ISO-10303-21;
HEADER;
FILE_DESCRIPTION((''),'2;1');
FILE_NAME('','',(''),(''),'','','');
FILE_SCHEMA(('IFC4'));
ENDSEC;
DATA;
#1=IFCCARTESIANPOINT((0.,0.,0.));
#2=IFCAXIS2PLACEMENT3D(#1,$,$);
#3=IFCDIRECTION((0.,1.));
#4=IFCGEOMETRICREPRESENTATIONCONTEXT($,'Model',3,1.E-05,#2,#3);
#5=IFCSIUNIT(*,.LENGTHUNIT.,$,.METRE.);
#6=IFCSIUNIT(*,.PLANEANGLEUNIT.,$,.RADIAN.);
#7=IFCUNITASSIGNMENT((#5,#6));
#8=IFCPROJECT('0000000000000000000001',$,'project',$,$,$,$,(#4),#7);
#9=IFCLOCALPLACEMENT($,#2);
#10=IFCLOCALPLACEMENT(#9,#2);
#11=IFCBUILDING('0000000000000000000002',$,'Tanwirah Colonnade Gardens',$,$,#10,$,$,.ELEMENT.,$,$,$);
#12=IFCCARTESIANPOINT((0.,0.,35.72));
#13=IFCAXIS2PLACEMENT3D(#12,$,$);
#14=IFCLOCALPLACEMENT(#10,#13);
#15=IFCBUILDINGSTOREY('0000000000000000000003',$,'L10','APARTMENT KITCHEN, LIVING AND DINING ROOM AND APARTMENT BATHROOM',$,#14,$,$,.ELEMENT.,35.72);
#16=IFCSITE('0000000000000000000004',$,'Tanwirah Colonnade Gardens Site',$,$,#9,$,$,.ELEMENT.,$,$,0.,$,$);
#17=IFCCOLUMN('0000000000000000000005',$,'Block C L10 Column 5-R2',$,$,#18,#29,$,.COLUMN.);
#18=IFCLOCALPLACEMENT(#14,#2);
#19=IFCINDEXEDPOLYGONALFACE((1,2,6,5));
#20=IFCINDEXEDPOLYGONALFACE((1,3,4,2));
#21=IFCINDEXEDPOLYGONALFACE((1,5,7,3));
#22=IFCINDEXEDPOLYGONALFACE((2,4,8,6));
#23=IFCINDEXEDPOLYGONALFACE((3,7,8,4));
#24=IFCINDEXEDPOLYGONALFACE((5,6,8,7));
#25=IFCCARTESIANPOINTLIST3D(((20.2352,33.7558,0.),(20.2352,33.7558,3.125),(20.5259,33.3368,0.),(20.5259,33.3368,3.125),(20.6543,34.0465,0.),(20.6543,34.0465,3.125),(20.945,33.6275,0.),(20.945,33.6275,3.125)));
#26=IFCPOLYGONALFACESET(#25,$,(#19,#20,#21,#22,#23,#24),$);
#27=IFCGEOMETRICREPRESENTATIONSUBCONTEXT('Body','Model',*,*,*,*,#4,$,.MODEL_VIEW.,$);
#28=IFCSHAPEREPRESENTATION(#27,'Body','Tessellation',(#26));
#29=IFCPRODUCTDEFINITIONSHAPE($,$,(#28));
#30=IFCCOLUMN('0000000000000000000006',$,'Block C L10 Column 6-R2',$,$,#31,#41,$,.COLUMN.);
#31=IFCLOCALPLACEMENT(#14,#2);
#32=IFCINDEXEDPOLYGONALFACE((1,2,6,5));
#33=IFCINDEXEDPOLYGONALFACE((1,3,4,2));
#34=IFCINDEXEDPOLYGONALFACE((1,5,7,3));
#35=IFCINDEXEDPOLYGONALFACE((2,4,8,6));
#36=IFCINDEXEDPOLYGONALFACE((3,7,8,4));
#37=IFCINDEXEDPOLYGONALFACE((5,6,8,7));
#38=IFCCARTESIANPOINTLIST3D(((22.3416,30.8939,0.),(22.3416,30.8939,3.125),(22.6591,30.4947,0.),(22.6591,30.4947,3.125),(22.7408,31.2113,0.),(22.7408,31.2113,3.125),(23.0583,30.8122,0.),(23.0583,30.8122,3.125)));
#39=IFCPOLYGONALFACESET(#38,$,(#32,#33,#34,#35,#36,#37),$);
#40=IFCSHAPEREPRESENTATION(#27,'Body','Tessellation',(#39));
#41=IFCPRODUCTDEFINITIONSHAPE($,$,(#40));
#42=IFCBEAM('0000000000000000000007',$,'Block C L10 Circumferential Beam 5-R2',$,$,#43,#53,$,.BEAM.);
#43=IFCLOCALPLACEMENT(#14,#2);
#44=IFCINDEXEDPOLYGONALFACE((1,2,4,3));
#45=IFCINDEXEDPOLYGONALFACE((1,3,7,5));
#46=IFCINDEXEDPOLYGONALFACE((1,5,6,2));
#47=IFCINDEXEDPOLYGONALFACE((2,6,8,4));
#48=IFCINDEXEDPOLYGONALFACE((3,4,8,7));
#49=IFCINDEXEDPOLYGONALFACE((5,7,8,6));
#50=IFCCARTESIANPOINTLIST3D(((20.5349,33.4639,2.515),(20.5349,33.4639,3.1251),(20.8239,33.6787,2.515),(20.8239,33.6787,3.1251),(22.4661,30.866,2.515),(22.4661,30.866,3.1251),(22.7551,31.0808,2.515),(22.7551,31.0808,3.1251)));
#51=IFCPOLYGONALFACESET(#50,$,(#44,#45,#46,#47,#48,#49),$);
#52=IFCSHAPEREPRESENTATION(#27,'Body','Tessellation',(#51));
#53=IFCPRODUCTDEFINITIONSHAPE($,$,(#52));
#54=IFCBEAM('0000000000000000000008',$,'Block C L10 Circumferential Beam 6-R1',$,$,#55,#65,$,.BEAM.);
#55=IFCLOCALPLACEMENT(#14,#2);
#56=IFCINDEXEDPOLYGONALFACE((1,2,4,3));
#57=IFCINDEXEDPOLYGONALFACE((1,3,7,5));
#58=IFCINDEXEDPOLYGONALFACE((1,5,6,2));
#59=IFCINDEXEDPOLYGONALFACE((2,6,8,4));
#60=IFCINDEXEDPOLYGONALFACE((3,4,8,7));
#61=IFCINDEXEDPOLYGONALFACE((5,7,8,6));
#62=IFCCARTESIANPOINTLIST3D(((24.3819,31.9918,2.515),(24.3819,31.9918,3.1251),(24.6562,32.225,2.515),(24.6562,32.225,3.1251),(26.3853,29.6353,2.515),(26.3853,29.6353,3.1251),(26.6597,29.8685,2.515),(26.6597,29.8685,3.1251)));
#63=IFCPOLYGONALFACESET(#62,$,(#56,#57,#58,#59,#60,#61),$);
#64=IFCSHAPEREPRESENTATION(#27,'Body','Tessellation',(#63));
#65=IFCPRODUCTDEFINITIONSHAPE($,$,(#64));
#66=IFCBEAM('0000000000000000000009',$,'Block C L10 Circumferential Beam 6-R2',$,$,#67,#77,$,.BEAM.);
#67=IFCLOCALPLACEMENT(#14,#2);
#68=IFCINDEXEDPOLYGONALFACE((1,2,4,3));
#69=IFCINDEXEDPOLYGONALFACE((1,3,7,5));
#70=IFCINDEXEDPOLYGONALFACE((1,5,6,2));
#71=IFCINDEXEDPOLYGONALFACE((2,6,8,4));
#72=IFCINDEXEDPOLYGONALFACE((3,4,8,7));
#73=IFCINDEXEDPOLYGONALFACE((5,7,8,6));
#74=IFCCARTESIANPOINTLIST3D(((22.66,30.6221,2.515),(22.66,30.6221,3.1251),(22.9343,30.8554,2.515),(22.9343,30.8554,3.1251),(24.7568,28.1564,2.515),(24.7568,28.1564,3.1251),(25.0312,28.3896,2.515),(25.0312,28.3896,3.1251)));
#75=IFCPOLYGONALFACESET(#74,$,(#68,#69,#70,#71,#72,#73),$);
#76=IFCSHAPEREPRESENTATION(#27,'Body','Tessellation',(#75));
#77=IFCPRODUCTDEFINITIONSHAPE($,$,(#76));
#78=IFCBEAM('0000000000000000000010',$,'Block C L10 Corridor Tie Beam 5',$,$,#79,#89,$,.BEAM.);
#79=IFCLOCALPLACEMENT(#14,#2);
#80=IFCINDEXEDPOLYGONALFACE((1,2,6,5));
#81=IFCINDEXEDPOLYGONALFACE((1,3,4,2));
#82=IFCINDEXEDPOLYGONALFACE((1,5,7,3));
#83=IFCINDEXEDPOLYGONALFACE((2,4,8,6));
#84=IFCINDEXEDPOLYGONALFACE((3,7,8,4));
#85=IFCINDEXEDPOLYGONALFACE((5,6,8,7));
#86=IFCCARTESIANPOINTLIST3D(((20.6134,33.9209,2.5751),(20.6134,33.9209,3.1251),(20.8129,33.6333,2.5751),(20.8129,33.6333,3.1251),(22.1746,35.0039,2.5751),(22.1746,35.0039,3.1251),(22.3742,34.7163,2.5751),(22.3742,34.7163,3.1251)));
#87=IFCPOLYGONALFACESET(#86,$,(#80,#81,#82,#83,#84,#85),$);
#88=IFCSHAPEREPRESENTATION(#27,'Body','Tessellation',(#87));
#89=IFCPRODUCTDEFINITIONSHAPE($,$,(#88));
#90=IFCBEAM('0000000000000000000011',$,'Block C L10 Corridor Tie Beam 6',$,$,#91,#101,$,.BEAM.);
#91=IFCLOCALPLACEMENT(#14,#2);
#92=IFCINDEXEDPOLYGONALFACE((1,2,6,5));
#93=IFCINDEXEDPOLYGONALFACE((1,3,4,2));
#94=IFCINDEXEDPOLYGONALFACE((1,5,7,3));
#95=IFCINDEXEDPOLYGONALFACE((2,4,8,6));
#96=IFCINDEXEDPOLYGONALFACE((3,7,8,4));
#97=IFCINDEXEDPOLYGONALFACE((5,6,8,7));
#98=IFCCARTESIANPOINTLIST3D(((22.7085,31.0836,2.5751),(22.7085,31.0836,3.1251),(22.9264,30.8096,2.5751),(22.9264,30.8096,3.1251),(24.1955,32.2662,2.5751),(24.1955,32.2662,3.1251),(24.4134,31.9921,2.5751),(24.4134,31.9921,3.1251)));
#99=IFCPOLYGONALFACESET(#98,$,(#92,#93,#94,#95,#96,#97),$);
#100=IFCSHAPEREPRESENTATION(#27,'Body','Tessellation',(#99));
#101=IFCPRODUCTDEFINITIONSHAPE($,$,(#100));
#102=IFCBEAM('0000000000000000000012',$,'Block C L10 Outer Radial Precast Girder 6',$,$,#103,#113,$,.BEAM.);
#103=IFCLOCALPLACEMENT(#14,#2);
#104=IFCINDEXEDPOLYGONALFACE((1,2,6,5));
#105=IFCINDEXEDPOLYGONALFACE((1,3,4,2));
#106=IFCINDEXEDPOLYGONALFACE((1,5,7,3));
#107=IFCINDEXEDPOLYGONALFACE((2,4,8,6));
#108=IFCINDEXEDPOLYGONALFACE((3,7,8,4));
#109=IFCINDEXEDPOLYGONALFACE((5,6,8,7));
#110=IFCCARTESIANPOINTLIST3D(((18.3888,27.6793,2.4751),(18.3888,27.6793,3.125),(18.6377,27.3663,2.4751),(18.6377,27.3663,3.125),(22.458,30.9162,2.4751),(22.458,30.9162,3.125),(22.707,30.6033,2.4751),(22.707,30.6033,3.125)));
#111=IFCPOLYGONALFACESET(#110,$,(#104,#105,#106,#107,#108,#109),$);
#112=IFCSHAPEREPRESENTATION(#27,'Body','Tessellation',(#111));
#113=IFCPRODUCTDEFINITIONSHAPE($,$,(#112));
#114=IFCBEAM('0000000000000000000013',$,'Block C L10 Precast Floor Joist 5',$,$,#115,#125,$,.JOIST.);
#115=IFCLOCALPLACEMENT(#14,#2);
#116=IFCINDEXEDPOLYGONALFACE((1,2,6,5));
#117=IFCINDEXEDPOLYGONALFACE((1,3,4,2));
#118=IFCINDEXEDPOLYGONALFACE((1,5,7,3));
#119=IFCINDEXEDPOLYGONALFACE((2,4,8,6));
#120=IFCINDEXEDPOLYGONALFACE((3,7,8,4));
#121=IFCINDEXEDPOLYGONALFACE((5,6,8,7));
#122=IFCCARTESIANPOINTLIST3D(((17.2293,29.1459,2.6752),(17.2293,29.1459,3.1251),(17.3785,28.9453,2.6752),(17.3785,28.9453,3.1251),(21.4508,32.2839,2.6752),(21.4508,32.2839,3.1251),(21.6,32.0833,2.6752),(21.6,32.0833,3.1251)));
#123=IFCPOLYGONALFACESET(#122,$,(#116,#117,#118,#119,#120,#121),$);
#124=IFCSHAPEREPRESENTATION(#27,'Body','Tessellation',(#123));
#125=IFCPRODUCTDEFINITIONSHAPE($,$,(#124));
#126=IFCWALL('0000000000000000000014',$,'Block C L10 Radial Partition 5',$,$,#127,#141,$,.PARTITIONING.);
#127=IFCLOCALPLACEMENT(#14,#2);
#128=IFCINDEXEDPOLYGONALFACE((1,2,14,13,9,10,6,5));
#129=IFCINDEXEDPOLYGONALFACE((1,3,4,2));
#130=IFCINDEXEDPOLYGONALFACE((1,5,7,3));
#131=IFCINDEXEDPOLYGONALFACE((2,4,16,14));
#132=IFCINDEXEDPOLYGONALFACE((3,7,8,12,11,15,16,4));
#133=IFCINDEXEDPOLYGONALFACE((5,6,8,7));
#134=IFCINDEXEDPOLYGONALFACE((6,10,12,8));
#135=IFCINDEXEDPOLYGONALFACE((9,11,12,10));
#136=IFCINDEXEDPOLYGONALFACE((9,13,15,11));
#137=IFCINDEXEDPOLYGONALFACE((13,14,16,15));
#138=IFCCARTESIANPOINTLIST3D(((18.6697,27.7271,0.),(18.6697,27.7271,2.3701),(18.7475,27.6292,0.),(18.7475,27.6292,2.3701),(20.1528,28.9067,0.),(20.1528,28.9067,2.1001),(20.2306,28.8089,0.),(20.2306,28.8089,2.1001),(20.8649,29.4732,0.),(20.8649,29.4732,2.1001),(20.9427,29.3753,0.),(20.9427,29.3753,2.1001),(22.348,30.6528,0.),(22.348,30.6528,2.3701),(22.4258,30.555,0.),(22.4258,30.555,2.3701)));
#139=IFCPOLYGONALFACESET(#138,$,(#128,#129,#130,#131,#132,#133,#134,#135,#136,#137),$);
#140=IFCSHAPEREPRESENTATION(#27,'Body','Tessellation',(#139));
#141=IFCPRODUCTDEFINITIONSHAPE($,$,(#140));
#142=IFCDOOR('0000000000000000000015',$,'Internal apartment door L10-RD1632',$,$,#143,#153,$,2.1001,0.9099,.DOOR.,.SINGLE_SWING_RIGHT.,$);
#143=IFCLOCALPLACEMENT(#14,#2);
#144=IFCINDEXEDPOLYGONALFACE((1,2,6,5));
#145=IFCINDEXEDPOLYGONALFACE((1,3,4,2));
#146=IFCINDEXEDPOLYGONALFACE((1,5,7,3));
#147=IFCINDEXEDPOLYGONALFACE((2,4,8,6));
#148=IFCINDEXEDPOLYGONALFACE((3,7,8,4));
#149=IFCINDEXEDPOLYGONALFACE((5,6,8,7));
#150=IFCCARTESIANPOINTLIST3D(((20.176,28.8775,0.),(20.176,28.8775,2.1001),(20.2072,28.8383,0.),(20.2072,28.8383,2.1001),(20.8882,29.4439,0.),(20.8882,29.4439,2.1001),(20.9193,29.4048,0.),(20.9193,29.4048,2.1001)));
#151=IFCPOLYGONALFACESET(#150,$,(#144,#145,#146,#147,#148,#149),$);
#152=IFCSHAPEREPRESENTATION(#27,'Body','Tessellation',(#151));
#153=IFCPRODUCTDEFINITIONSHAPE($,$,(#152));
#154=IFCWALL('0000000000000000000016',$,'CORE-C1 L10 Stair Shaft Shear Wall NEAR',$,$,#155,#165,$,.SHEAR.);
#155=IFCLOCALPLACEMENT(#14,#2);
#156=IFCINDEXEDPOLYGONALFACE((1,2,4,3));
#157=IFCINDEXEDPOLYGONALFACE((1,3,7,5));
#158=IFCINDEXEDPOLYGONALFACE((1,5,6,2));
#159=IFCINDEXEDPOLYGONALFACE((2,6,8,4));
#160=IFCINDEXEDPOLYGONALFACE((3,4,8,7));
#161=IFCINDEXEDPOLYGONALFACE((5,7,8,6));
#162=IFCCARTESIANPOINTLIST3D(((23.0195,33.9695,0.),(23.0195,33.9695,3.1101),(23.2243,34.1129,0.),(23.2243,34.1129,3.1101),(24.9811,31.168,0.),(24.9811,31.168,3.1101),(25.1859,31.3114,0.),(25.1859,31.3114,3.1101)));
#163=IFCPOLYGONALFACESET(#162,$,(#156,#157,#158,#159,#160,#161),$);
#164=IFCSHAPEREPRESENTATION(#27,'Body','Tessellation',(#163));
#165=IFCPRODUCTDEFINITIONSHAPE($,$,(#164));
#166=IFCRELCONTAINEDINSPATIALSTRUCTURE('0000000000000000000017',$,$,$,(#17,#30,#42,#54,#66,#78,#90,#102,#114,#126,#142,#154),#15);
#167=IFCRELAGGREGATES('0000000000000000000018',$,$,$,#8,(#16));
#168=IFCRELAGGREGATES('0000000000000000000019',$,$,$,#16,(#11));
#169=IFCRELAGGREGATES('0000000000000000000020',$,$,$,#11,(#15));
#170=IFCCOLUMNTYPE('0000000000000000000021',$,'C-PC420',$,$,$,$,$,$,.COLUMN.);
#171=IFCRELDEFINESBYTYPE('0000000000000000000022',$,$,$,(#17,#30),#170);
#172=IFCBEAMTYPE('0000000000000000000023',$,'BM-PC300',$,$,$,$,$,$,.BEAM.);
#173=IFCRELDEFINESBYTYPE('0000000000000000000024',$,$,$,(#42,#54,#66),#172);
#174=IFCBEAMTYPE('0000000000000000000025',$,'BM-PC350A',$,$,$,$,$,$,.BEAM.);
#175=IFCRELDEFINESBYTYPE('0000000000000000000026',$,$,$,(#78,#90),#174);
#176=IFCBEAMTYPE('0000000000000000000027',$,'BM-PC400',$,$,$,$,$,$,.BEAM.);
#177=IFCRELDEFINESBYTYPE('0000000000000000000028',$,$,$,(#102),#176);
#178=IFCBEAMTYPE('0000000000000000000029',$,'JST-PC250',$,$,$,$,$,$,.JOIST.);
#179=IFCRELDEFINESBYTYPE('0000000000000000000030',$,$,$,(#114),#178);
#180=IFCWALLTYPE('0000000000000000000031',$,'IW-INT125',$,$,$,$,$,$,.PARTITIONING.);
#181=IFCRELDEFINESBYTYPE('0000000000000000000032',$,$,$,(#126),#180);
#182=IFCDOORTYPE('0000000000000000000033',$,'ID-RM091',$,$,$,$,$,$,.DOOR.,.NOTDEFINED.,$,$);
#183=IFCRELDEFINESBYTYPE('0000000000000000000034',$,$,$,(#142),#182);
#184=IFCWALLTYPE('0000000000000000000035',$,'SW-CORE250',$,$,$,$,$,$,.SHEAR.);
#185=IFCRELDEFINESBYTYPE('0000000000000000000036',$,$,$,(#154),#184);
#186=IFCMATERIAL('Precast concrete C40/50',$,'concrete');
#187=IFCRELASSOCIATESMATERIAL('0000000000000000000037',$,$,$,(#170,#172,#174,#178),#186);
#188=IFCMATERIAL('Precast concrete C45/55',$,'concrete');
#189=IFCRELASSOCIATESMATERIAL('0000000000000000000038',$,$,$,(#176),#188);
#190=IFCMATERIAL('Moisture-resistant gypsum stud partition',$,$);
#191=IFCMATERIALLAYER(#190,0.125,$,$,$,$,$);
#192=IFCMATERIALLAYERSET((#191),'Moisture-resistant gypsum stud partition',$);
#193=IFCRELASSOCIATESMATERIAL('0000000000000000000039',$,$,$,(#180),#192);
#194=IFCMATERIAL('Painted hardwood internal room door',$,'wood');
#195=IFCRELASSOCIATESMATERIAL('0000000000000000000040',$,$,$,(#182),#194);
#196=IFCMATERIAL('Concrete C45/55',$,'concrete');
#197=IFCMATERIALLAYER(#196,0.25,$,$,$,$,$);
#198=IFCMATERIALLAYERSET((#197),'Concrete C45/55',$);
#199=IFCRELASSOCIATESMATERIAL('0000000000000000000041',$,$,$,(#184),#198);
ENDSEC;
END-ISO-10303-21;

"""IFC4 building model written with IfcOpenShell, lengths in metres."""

from ifc_helpers import new_model, si_unit, direction, frame, frame_2d, origin, origin_2d, place, context, subcontext, project, spatial, rectangle, extrude, material, layer, layer_set, material_profile, profile_set, type_object, element, fill, save


model = new_model("IFC4")

# Units and contexts
model_context = context("Model", 3, precision=1e-05, world=origin(), true_north=direction((0.0, 1.0)))
body_context = subcontext(model_context, "Body", "Model", "MODEL_VIEW")
ifc_project = project(units=[si_unit("LENGTHUNIT", "METRE"), si_unit("PLANEANGLEUNIT", "RADIAN")], contexts=[model_context])

# Site, building, storey
site_placement = place(None, origin())
site = spatial("IfcSite", under=ifc_project, at=site_placement, Name="Tanwirah Colonnade Gardens Site", CompositionType="ELEMENT", RefElevation=0.0)
building_placement = place(site_placement, origin())
building = spatial("IfcBuilding", under=site, at=building_placement, Name="Tanwirah Colonnade Gardens", CompositionType="ELEMENT")
storey_placement = place(building_placement, frame((0.0, 0.0, 35.72)))
storey = spatial("IfcBuildingStorey", under=building, at=storey_placement, Name="L10", Description="APARTMENT KITCHEN, LIVING AND DINING ROOM AND APARTMENT BATHROOM", CompositionType="ELEMENT", Elevation=35.72)

# Columns
ifc_material_1 = material(Name="Precast concrete C40/50", Category="concrete")
ifc_material_profile_1 = material_profile(ifc_material_1, rectangle(XDim=0.51, YDim=0.51, at=origin_2d()), Name="PC-COL 510x510")
ifc_profile_set_1 = profile_set([ifc_material_profile_1], Name="Precast concrete C40/50")
column_type = type_object("IfcColumnType", Name="C-PC420", PredefinedType="COLUMN", material=ifc_profile_set_1)
for number, where, z_axis, x_axis, name in (
    (1, (20.5901, 33.6917, 0.0), (0.0, 0.0, 1.0), (-0.821647, -0.569997, 0.0), "Block C L10 Column 5-R2"),
    (2, (22.7, 30.853, 0.0), (0.0, 0.0, 1.0), (-0.782608, -0.622515, 0.0), "Block C L10 Column 6-R2"),
):
    element("IfcColumn", number, at=place(storey_placement, frame(where, z_axis=z_axis, x_axis=x_axis)), inside=storey, type_object=column_type, Name=name, PredefinedType="COLUMN", context=body_context, shape_type="SweptSolid", body=[
        extrude(rectangle(XDim=0.51, YDim=0.51, at=origin_2d()), origin(), (0.0, 0.0, 1.0), 3.125),
    ])

# Beams
ifc_material_profile_2 = material_profile(ifc_material_1, rectangle(XDim=0.3601, YDim=0.6101, at=origin_2d()), Name="PC-BM 360x610")
ifc_profile_set_2 = profile_set([ifc_material_profile_2], Name="Precast concrete C40/50")
beam_type_1 = type_object("IfcBeamType", Name="BM-PC300", PredefinedType="BEAM", material=ifc_profile_set_2)
beam_1_placement = place(storey_placement, frame((20.6794, 33.5713, 2.8201), z_axis=(0.596579, -0.802554, 0.0), x_axis=(0.802554, 0.596579, 0.0)))
element("IfcBeam", 3, at=beam_1_placement, inside=storey, type_object=beam_type_1, Name="Block C L10 Circumferential Beam 5-R2", PredefinedType="BEAM", context=body_context, shape_type="SweptSolid", body=[
    extrude(rectangle(XDim=0.3601, YDim=0.6101, at=origin_2d()), origin(), (0.0, 0.0, 1.0), 3.2371),
])
beam_2_placement = place(storey_placement, frame((24.519, 32.1084, 2.8201), z_axis=(0.647731, -0.761869, 0.0), x_axis=(0.761869, 0.647731, 0.0)))
element("IfcBeam", 4, at=beam_2_placement, inside=storey, type_object=beam_type_1, Name="Block C L10 Circumferential Beam 6-R1", PredefinedType="BEAM", context=body_context, shape_type="SweptSolid", body=[
    extrude(rectangle(XDim=0.3601, YDim=0.6101, at=origin_2d()), origin(), (0.0, 0.0, 1.0), 3.093),
])
beam_3_placement = place(storey_placement, frame((22.7971, 30.7388, 2.8201), z_axis=(0.647824, -0.76179, 0.0), x_axis=(0.76179, 0.647824, 0.0)))
element("IfcBeam", 5, at=beam_3_placement, inside=storey, type_object=beam_type_1, Name="Block C L10 Circumferential Beam 6-R2", PredefinedType="BEAM", context=body_context, shape_type="SweptSolid", body=[
    extrude(rectangle(XDim=0.3601, YDim=0.6101, at=origin_2d()), origin(), (0.0, 0.0, 1.0), 3.2368),
])
ifc_material_profile_3 = material_profile(ifc_material_1, rectangle(XDim=0.3501, YDim=0.55, at=origin_2d()), Name="PC-BM 350x550")
ifc_profile_set_3 = profile_set([ifc_material_profile_3], Name="Precast concrete C40/50")
beam_type_2 = type_object("IfcBeamType", Name="BM-PC350A", PredefinedType="BEAM", material=ifc_profile_set_3)
beam_4_placement = place(storey_placement, frame((22.2744, 34.8601, 2.8501), z_axis=(-0.821669, -0.569965, 0.0), x_axis=(0.569965, -0.821669, 0.0)))
element("IfcBeam", 6, at=beam_4_placement, inside=storey, type_object=beam_type_2, Name="Block C L10 Corridor Tie Beam 5", PredefinedType="BEAM", context=body_context, shape_type="SweptSolid", body=[
    extrude(rectangle(XDim=0.3501, YDim=0.55, at=origin_2d()), origin(), (0.0, 0.0, 1.0), 1.9001),
])
beam_5_placement = place(storey_placement, frame((24.3044, 32.1292, 2.8501), z_axis=(-0.782671, -0.622436, 0.0), x_axis=(0.622436, -0.782671, 0.0)))
element("IfcBeam", 7, at=beam_5_placement, inside=storey, type_object=beam_type_2, Name="Block C L10 Corridor Tie Beam 6", PredefinedType="BEAM", context=body_context, shape_type="SweptSolid", body=[
    extrude(rectangle(XDim=0.3501, YDim=0.55, at=origin_2d()), origin(), (0.0, 0.0, 1.0), 1.8999),
])
ifc_material_2 = material(Name="Precast concrete C45/55", Category="concrete")
ifc_material_profile_4 = material_profile(ifc_material_2, rectangle(XDim=0.3999, YDim=0.6499, at=origin_2d()), Name="PC-BM 400x650")
ifc_profile_set_4 = profile_set([ifc_material_profile_4], Name="Precast concrete C45/55")
beam_type_3 = type_object("IfcBeamType", Name="BM-PC400", PredefinedType="BEAM", material=ifc_profile_set_4)
beam_6_placement = place(storey_placement, frame((22.5825, 30.7598, 2.8), z_axis=(-0.782593, -0.622534, 0.0), x_axis=(0.622534, -0.782593, 0.0)))
element("IfcBeam", 8, at=beam_6_placement, inside=storey, type_object=beam_type_3, Name="Block C L10 Outer Radial Precast Girder 6", PredefinedType="BEAM", context=body_context, shape_type="SweptSolid", body=[
    extrude(rectangle(XDim=0.3999, YDim=0.6499, at=origin_2d()), origin(), (0.0, 0.0, 1.0), 5.1997),
])
ifc_material_profile_5 = material_profile(ifc_material_1, rectangle(XDim=0.25, YDim=0.45, at=origin_2d()), Name="PC-JST 250x450")
ifc_profile_set_5 = profile_set([ifc_material_profile_5], Name="Precast concrete C40/50")
beam_type_4 = type_object("IfcBeamType", Name="JST-PC250", PredefinedType="JOIST", material=ifc_profile_set_5)
beam_7_placement = place(storey_placement, frame((21.5254, 32.1836, 2.9001), z_axis=(-0.80256, -0.596571, 0.0), x_axis=(0.596571, -0.80256, 0.0)))
element("IfcBeam", 9, at=beam_7_placement, inside=storey, type_object=beam_type_4, Name="Block C L10 Precast Floor Joist 5", PredefinedType="JOIST", context=body_context, shape_type="SweptSolid", body=[
    extrude(rectangle(XDim=0.25, YDim=0.45, at=origin_2d()), origin(), (0.0, 0.0, 1.0), 5.26),
])

# Wall, opening, door
ifc_material_3 = material(Name="Moisture-resistant gypsum stud partition")
ifc_layer_1 = layer(ifc_material_3, 0.125)
ifc_layer_set_1 = layer_set([ifc_layer_1], Name="Moisture-resistant gypsum stud partition")
wall_type_1 = type_object("IfcWallType", Name="IW-INT125", PredefinedType="PARTITIONING", material=ifc_layer_set_1)
wall_1_placement = place(storey_placement, frame((22.387, 30.604, 0.0), z_axis=(0.0, 0.0, 1.0), x_axis=(-0.782609, -0.622513, 0.0)))
wall_1 = element("IfcWall", 10, at=wall_1_placement, inside=storey, type_object=wall_type_1, Name="Block C L10 Radial Partition 5", PredefinedType="PARTITIONING", context=body_context, shape_type="SweptSolid", body=[
    extrude(rectangle(XDim=4.7, YDim=0.125, at=frame_2d((2.3501, 0.0))), origin(), (0.0, 0.0, 1.0), 2.3701),
])
opening_1_placement = place(wall_1_placement, frame((1.895, 0.0, 0.0)))
opening_1 = element("IfcOpeningElement", 11, at=opening_1_placement, cuts=wall_1, PredefinedType="OPENING", context=body_context, shape_type="SweptSolid", body=[
    extrude(rectangle(XDim=0.9099, YDim=2.1001, at=frame_2d((0.4551, 1.05))), frame((0.0, 0.0725, 0.0), z_axis=(0.0, -1.0, 0.0), x_axis=(1.0, 0.0, 0.0)), (0.0, 0.0, 1.0), 0.145),
])
ifc_material_4 = material(Name="Painted hardwood internal room door", Category="wood")
door_type_1 = type_object("IfcDoorType", Name="ID-RM091", OperationType="NOTDEFINED", PredefinedType="DOOR", material=ifc_material_4)
door_1_placement = place(opening_1_placement, origin())
door_1 = element("IfcDoor", 12, at=door_1_placement, inside=storey, type_object=door_type_1, Name="Internal apartment door L10-RD1632", OperationType="SINGLE_SWING_RIGHT", OverallHeight=2.1001, OverallWidth=0.9099, PredefinedType="DOOR", context=body_context, shape_type="SweptSolid", body=[
    extrude(rectangle(XDim=0.9099, YDim=2.1001, at=frame_2d((0.4551, 1.05))), frame((0.0, 0.0249, 0.0), z_axis=(0.0, -1.0, 0.0), x_axis=(1.0, 0.0, 0.0)), (0.0, 0.0, 1.0), 0.05),
])
fill(opening_1, door_1)

# Wall
ifc_material_5 = material(Name="Concrete C45/55", Category="concrete")
ifc_layer_2 = layer(ifc_material_5, 0.25)
ifc_layer_set_2 = layer_set([ifc_layer_2], Name="Concrete C45/55")
wall_type_2 = type_object("IfcWallType", Name="SW-CORE250", PredefinedType="SHEAR", material=ifc_layer_set_2)
wall_2_placement = place(storey_placement, frame((25.0835, 31.2397, 0.0), z_axis=(0.0, 0.0, 1.0), x_axis=(-0.573582, 0.819148, 0.0)))
element("IfcWall", 13, at=wall_2_placement, inside=storey, type_object=wall_type_2, Name="CORE-C1 L10 Stair Shaft Shear Wall NEAR", PredefinedType="SHEAR", context=body_context, shape_type="SweptSolid", body=[
    extrude(rectangle(XDim=3.4199, YDim=0.25, at=frame_2d((1.71, 0.0))), origin(), (0.0, 0.0, 1.0), 3.1101),
])

save(model, "model.ifc")
